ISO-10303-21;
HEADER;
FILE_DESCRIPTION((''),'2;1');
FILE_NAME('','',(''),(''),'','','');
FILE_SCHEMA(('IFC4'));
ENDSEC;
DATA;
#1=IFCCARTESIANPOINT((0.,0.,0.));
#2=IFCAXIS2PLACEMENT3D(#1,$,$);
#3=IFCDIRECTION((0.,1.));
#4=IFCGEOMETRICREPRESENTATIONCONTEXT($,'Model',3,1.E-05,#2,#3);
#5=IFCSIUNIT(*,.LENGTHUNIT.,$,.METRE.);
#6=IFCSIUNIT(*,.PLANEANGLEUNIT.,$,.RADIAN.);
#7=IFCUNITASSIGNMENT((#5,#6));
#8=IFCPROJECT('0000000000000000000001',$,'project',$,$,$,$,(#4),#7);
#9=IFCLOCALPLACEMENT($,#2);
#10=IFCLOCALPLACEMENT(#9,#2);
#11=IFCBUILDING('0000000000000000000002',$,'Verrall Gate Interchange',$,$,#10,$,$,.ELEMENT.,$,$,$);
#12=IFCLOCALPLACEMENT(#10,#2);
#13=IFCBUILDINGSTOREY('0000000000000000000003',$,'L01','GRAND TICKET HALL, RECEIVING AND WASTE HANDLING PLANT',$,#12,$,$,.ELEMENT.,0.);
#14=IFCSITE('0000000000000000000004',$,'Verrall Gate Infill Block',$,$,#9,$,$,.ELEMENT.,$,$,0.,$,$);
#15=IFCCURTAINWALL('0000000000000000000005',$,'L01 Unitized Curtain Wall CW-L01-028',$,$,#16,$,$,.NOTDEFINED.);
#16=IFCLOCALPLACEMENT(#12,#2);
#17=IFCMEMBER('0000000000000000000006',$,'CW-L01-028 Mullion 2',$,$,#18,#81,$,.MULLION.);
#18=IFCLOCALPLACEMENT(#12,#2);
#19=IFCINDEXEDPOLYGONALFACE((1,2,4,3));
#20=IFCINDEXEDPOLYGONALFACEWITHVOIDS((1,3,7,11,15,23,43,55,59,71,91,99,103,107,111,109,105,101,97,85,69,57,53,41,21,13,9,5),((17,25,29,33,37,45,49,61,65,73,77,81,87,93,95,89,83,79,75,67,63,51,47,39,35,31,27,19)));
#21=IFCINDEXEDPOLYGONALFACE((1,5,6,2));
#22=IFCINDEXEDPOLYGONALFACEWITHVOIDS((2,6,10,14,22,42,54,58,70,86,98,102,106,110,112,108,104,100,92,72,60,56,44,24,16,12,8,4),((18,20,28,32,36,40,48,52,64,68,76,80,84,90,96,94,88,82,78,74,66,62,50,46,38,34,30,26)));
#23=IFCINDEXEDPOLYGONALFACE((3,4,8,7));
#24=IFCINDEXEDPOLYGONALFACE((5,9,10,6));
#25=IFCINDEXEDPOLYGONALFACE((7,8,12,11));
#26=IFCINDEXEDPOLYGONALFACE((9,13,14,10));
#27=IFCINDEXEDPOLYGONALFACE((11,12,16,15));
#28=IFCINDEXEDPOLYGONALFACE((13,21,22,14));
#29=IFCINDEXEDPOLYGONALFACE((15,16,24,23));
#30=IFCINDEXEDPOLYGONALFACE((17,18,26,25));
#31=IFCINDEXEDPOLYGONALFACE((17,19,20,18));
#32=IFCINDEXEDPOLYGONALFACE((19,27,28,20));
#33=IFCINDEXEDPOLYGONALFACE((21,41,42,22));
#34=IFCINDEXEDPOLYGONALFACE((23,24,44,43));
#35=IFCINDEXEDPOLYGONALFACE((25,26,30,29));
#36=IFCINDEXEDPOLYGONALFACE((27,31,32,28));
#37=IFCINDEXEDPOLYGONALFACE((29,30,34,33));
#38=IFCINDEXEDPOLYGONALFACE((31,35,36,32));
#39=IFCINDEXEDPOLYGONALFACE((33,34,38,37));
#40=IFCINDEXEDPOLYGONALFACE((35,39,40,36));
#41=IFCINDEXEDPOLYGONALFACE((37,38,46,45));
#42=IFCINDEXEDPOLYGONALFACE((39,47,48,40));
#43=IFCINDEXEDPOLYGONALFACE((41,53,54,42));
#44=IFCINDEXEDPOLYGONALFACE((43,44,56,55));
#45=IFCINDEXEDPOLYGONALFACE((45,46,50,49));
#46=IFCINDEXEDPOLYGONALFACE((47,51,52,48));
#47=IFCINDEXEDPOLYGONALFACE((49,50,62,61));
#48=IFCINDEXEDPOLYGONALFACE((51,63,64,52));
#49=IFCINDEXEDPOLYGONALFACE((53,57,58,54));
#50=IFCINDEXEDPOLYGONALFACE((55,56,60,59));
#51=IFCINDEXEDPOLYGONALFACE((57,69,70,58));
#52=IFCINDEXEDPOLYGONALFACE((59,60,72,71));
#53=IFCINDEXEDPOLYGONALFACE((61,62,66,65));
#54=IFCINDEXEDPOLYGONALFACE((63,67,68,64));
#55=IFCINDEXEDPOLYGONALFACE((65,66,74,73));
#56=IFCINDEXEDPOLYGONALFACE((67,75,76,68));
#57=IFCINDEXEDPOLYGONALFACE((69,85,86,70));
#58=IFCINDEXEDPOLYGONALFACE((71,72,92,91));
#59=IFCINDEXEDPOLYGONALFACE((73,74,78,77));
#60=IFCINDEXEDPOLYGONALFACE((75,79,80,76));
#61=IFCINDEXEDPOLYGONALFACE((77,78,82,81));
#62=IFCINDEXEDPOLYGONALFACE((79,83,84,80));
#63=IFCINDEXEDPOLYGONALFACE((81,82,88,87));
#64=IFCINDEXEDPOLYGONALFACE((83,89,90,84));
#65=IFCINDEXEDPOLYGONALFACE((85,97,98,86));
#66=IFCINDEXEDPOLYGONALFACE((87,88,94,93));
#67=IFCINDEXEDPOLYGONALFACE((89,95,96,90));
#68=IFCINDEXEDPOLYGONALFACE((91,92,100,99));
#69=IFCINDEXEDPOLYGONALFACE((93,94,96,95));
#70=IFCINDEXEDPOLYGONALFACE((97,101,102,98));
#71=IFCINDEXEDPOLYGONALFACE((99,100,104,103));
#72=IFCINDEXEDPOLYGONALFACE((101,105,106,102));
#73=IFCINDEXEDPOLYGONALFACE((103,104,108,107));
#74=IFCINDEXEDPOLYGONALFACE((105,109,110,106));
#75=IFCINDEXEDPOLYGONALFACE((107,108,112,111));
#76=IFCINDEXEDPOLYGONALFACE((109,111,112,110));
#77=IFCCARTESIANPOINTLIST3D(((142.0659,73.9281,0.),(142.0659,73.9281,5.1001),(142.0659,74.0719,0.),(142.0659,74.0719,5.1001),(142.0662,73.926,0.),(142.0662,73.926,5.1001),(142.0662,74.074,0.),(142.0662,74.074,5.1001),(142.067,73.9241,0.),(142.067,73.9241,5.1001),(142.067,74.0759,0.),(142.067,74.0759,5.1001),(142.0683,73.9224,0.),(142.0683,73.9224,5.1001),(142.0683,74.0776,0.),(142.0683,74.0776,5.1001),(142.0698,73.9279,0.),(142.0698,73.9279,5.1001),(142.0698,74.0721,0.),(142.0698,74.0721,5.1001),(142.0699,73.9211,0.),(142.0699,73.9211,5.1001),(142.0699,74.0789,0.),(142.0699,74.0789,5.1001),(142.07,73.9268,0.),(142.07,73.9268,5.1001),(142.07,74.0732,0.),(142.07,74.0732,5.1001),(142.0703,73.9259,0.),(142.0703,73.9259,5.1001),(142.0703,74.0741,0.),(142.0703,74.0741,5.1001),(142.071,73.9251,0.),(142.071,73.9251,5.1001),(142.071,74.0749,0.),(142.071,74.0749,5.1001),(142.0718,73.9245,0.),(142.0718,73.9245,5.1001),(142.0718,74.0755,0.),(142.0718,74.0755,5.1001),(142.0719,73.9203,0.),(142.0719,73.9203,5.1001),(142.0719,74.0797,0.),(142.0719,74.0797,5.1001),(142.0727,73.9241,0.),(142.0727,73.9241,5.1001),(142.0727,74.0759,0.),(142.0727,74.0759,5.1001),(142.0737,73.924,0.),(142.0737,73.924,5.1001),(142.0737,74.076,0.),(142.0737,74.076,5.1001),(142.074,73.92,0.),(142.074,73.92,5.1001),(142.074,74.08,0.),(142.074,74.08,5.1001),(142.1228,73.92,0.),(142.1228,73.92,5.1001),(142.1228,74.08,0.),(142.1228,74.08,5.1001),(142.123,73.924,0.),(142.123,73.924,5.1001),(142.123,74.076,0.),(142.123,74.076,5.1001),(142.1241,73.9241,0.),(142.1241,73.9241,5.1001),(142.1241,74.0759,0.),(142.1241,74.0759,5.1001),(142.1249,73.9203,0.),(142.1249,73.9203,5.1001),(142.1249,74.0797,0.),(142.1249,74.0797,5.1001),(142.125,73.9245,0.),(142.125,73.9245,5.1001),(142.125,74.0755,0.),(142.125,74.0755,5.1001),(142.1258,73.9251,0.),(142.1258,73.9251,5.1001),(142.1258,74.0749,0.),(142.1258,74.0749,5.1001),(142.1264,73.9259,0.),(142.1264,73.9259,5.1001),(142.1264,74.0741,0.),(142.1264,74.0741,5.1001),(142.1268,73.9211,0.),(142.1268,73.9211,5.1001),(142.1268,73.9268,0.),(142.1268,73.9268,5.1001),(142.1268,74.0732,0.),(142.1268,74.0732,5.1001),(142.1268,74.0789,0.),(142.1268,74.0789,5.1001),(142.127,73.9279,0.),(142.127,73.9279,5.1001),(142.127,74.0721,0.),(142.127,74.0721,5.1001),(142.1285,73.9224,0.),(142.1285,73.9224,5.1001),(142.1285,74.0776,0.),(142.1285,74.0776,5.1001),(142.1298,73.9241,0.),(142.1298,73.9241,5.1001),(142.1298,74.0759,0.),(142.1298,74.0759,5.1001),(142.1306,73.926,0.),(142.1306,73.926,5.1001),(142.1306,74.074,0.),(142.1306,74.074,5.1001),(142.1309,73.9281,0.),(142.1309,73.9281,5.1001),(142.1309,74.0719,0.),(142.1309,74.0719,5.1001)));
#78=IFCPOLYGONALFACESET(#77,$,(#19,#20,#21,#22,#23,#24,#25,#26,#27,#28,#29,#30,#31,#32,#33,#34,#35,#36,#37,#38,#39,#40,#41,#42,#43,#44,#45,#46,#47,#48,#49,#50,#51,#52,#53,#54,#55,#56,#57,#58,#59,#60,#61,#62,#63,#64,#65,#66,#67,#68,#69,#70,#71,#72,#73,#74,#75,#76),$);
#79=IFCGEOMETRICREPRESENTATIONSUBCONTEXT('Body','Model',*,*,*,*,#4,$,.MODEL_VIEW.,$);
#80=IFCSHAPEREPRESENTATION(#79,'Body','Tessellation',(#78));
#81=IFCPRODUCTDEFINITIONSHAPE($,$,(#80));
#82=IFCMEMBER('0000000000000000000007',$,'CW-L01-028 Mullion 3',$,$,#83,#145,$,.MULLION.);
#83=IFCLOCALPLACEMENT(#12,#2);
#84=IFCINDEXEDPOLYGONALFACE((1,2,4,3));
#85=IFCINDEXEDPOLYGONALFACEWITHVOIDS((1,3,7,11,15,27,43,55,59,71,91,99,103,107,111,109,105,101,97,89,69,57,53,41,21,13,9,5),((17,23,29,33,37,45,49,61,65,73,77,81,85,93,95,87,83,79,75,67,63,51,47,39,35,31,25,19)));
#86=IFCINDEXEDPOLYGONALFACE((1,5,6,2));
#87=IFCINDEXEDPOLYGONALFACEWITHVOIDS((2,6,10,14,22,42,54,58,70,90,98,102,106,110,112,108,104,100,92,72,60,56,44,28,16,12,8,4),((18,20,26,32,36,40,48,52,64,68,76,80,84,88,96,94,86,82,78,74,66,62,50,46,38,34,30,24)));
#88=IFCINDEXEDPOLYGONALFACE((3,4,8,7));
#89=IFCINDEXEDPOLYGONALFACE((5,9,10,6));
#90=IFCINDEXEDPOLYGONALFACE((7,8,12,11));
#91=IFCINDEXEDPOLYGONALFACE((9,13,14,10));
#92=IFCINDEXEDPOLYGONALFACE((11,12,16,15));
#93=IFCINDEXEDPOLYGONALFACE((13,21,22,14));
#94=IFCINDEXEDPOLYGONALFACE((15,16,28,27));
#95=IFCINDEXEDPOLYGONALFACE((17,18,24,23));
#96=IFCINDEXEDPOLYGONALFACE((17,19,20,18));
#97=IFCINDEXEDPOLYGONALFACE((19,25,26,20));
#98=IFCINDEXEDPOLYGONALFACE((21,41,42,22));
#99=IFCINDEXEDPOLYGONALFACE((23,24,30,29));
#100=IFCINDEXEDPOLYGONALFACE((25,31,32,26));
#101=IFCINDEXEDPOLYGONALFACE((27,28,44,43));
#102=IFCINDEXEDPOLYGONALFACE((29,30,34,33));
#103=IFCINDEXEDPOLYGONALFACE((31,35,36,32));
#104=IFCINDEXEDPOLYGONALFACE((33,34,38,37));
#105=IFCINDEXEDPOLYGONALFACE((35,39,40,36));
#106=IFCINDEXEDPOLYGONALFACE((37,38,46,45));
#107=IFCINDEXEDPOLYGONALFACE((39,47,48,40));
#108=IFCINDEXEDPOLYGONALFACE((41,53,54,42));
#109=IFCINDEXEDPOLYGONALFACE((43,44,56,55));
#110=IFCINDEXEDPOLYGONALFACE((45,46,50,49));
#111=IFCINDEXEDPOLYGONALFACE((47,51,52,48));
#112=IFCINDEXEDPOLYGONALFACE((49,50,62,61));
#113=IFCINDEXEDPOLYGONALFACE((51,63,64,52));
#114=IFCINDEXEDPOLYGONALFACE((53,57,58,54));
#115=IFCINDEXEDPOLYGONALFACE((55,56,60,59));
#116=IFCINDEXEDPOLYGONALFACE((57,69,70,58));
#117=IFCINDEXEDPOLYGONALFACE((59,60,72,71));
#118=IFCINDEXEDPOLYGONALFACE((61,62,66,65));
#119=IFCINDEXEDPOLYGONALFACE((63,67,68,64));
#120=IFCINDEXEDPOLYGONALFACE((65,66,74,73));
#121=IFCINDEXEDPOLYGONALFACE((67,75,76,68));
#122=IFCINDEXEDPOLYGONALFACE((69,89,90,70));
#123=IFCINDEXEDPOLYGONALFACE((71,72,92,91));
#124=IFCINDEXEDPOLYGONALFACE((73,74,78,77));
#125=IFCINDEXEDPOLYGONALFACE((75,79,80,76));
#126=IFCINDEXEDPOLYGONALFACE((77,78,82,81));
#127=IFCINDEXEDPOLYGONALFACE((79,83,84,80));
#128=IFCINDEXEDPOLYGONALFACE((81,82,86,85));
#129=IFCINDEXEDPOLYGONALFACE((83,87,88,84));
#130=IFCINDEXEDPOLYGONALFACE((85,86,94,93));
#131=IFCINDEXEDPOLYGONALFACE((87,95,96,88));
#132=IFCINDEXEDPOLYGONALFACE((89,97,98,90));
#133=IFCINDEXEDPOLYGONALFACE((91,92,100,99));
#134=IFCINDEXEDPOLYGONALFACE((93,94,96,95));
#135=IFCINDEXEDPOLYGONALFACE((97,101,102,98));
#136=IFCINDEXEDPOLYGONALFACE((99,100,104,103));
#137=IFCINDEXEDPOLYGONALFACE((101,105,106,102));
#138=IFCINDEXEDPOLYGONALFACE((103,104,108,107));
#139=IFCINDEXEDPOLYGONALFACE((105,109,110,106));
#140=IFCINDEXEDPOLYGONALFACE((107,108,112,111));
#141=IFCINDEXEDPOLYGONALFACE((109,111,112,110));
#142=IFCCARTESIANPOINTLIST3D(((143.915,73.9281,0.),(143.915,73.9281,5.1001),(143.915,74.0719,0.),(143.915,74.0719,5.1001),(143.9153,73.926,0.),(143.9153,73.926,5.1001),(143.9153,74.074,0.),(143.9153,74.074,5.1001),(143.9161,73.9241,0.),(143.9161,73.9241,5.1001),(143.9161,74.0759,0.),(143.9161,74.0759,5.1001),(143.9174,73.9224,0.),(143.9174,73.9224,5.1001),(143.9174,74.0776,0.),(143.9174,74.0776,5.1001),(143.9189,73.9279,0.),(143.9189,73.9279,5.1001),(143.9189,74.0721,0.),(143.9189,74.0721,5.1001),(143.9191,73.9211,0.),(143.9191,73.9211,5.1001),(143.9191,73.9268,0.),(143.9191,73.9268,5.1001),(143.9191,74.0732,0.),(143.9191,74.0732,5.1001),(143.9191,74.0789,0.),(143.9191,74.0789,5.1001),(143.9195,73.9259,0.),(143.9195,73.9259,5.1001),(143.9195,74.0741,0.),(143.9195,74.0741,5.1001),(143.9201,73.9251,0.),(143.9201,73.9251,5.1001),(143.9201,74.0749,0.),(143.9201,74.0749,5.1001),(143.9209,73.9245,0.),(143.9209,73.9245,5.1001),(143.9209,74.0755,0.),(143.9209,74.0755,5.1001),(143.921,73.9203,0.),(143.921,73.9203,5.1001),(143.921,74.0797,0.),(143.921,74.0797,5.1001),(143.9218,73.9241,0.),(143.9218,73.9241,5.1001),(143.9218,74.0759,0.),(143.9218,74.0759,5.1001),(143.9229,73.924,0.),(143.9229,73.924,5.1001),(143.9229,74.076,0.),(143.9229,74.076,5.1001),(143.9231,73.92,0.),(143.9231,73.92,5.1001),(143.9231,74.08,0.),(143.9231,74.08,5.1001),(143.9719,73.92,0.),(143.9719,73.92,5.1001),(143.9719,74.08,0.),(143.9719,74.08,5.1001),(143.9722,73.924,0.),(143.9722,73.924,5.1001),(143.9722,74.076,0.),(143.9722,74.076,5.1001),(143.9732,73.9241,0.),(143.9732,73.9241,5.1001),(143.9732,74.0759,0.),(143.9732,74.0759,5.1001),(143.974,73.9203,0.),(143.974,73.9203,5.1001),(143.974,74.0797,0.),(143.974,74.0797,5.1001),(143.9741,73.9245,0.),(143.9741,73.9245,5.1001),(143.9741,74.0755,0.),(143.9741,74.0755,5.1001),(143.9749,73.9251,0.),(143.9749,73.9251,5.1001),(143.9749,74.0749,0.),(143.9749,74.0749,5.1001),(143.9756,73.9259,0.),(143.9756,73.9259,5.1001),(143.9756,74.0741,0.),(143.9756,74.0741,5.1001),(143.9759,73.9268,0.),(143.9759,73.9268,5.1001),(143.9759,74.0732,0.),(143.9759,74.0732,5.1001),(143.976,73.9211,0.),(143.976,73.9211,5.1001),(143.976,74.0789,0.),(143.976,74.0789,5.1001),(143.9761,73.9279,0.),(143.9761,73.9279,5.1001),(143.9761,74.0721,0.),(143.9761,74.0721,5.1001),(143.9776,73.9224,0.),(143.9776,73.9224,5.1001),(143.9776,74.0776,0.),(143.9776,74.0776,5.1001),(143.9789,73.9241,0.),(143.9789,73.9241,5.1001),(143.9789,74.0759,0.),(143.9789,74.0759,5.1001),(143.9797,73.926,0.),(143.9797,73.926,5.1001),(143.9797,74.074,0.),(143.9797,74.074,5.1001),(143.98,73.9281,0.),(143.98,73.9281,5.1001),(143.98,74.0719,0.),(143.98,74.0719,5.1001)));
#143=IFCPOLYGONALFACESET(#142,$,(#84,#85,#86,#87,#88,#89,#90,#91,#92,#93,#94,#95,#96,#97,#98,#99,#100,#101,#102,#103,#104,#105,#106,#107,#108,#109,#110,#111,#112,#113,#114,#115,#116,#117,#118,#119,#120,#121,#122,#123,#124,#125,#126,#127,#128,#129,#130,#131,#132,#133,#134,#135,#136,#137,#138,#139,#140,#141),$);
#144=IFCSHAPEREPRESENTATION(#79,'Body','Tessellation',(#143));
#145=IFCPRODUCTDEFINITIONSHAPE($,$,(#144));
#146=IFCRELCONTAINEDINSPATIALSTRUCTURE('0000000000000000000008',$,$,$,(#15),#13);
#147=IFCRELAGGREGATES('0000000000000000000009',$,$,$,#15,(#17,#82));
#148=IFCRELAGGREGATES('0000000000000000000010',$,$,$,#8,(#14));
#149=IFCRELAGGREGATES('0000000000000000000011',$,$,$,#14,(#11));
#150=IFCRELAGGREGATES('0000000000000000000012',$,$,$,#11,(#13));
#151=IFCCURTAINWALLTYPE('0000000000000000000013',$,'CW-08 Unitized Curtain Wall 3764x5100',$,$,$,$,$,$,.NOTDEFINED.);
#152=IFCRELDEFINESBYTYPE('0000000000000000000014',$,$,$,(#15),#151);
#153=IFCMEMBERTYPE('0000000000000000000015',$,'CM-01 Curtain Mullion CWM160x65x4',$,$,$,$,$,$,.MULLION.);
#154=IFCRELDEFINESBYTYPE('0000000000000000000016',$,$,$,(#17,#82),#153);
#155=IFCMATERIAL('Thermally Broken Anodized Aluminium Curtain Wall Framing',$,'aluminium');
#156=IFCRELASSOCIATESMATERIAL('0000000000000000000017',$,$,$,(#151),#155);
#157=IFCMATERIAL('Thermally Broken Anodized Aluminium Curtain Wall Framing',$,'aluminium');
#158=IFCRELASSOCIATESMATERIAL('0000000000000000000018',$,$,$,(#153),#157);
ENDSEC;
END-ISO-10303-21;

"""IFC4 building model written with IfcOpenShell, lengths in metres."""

from ifc_helpers import new_model, si_unit, direction, frame, origin, origin_2d, place, context, subcontext, project, spatial, hollow_rectangle, extrude, material, material_profile, profile_set, type_object, element, aggregate, save


model = new_model("IFC4")

# Units and contexts
model_context = context("Model", 3, precision=1e-05, world=origin(), true_north=direction((0.0, 1.0)))
body_context = subcontext(model_context, "Body", "Model", "MODEL_VIEW")
ifc_project = project(units=[si_unit("LENGTHUNIT", "METRE"), si_unit("PLANEANGLEUNIT", "RADIAN")], contexts=[model_context])

# Site, building, storey
site_placement = place(None, origin())
site = spatial("IfcSite", under=ifc_project, at=site_placement, Name="Verrall Gate Infill Block", CompositionType="ELEMENT", RefElevation=0.0)
building_placement = place(site_placement, origin())
building = spatial("IfcBuilding", under=site, at=building_placement, Name="Verrall Gate Interchange", CompositionType="ELEMENT")
storey_placement = place(building_placement, origin())
storey = spatial("IfcBuildingStorey", under=building, at=storey_placement, Name="L01", Description="GRAND TICKET HALL, RECEIVING AND WASTE HANDLING PLANT", CompositionType="ELEMENT", Elevation=0.0)

# Curtain wall, members
ifc_material_1 = material(Name="Thermally Broken Anodized Aluminium Curtain Wall Framing", Category="aluminium")
curtain_wall_type_1 = type_object("IfcCurtainWallType", Name="CW-08 Unitized Curtain Wall 3764x5100", PredefinedType="NOTDEFINED", material=ifc_material_1)
curtain_wall_1_placement = place(storey_placement, origin())
curtain_wall_1 = element("IfcCurtainWall", 1, at=curtain_wall_1_placement, inside=storey, type_object=curtain_wall_type_1, Name="L01 Unitized Curtain Wall CW-L01-028", PredefinedType="NOTDEFINED")
ifc_material_2 = material(Name="Thermally Broken Anodized Aluminium Curtain Wall Framing", Category="aluminium")
ifc_material_profile_1 = material_profile(ifc_material_2, hollow_rectangle(XDim=0.0649, YDim=0.1599, WallThickness=0.0039, InnerFilletRadius=0.0039, OuterFilletRadius=0.0081, at=origin_2d()), Name="CWM160x65x4")
ifc_profile_set_1 = profile_set([ifc_material_profile_1], Name="Thermally Broken Anodized Aluminium Curtain Wall Framing")
member_type_1 = type_object("IfcMemberType", Name="CM-01 Curtain Mullion CWM160x65x4", PredefinedType="MULLION", material=ifc_profile_set_1)
member_1_placement = place(storey_placement, frame((142.0984, 74.0, 0.0), z_axis=(0.0, 0.0, 1.0), x_axis=(1.0, 0.0, 0.0)))
member_1 = element("IfcMember", 2, at=member_1_placement, type_object=member_type_1, Name="CW-L01-028 Mullion 2", PredefinedType="MULLION", context=body_context, shape_type="SweptSolid", body=[
    extrude(hollow_rectangle(XDim=0.0649, YDim=0.1599, WallThickness=0.0039, InnerFilletRadius=0.0039, OuterFilletRadius=0.0081, at=origin_2d()), origin(), (0.0, 0.0, 1.0), 5.1001),
])
member_2_placement = place(storey_placement, frame((143.9475, 74.0, 0.0), z_axis=(0.0, 0.0, 1.0), x_axis=(1.0, 0.0, 0.0)))
member_2 = element("IfcMember", 3, at=member_2_placement, type_object=member_type_1, Name="CW-L01-028 Mullion 3", PredefinedType="MULLION", context=body_context, shape_type="SweptSolid", body=[
    extrude(hollow_rectangle(XDim=0.0649, YDim=0.1599, WallThickness=0.0039, InnerFilletRadius=0.0039, OuterFilletRadius=0.0081, at=origin_2d()), origin(), (0.0, 0.0, 1.0), 5.1001),
])

aggregate(curtain_wall_1, [member_1, member_2])

save(model, "model.ifc")
